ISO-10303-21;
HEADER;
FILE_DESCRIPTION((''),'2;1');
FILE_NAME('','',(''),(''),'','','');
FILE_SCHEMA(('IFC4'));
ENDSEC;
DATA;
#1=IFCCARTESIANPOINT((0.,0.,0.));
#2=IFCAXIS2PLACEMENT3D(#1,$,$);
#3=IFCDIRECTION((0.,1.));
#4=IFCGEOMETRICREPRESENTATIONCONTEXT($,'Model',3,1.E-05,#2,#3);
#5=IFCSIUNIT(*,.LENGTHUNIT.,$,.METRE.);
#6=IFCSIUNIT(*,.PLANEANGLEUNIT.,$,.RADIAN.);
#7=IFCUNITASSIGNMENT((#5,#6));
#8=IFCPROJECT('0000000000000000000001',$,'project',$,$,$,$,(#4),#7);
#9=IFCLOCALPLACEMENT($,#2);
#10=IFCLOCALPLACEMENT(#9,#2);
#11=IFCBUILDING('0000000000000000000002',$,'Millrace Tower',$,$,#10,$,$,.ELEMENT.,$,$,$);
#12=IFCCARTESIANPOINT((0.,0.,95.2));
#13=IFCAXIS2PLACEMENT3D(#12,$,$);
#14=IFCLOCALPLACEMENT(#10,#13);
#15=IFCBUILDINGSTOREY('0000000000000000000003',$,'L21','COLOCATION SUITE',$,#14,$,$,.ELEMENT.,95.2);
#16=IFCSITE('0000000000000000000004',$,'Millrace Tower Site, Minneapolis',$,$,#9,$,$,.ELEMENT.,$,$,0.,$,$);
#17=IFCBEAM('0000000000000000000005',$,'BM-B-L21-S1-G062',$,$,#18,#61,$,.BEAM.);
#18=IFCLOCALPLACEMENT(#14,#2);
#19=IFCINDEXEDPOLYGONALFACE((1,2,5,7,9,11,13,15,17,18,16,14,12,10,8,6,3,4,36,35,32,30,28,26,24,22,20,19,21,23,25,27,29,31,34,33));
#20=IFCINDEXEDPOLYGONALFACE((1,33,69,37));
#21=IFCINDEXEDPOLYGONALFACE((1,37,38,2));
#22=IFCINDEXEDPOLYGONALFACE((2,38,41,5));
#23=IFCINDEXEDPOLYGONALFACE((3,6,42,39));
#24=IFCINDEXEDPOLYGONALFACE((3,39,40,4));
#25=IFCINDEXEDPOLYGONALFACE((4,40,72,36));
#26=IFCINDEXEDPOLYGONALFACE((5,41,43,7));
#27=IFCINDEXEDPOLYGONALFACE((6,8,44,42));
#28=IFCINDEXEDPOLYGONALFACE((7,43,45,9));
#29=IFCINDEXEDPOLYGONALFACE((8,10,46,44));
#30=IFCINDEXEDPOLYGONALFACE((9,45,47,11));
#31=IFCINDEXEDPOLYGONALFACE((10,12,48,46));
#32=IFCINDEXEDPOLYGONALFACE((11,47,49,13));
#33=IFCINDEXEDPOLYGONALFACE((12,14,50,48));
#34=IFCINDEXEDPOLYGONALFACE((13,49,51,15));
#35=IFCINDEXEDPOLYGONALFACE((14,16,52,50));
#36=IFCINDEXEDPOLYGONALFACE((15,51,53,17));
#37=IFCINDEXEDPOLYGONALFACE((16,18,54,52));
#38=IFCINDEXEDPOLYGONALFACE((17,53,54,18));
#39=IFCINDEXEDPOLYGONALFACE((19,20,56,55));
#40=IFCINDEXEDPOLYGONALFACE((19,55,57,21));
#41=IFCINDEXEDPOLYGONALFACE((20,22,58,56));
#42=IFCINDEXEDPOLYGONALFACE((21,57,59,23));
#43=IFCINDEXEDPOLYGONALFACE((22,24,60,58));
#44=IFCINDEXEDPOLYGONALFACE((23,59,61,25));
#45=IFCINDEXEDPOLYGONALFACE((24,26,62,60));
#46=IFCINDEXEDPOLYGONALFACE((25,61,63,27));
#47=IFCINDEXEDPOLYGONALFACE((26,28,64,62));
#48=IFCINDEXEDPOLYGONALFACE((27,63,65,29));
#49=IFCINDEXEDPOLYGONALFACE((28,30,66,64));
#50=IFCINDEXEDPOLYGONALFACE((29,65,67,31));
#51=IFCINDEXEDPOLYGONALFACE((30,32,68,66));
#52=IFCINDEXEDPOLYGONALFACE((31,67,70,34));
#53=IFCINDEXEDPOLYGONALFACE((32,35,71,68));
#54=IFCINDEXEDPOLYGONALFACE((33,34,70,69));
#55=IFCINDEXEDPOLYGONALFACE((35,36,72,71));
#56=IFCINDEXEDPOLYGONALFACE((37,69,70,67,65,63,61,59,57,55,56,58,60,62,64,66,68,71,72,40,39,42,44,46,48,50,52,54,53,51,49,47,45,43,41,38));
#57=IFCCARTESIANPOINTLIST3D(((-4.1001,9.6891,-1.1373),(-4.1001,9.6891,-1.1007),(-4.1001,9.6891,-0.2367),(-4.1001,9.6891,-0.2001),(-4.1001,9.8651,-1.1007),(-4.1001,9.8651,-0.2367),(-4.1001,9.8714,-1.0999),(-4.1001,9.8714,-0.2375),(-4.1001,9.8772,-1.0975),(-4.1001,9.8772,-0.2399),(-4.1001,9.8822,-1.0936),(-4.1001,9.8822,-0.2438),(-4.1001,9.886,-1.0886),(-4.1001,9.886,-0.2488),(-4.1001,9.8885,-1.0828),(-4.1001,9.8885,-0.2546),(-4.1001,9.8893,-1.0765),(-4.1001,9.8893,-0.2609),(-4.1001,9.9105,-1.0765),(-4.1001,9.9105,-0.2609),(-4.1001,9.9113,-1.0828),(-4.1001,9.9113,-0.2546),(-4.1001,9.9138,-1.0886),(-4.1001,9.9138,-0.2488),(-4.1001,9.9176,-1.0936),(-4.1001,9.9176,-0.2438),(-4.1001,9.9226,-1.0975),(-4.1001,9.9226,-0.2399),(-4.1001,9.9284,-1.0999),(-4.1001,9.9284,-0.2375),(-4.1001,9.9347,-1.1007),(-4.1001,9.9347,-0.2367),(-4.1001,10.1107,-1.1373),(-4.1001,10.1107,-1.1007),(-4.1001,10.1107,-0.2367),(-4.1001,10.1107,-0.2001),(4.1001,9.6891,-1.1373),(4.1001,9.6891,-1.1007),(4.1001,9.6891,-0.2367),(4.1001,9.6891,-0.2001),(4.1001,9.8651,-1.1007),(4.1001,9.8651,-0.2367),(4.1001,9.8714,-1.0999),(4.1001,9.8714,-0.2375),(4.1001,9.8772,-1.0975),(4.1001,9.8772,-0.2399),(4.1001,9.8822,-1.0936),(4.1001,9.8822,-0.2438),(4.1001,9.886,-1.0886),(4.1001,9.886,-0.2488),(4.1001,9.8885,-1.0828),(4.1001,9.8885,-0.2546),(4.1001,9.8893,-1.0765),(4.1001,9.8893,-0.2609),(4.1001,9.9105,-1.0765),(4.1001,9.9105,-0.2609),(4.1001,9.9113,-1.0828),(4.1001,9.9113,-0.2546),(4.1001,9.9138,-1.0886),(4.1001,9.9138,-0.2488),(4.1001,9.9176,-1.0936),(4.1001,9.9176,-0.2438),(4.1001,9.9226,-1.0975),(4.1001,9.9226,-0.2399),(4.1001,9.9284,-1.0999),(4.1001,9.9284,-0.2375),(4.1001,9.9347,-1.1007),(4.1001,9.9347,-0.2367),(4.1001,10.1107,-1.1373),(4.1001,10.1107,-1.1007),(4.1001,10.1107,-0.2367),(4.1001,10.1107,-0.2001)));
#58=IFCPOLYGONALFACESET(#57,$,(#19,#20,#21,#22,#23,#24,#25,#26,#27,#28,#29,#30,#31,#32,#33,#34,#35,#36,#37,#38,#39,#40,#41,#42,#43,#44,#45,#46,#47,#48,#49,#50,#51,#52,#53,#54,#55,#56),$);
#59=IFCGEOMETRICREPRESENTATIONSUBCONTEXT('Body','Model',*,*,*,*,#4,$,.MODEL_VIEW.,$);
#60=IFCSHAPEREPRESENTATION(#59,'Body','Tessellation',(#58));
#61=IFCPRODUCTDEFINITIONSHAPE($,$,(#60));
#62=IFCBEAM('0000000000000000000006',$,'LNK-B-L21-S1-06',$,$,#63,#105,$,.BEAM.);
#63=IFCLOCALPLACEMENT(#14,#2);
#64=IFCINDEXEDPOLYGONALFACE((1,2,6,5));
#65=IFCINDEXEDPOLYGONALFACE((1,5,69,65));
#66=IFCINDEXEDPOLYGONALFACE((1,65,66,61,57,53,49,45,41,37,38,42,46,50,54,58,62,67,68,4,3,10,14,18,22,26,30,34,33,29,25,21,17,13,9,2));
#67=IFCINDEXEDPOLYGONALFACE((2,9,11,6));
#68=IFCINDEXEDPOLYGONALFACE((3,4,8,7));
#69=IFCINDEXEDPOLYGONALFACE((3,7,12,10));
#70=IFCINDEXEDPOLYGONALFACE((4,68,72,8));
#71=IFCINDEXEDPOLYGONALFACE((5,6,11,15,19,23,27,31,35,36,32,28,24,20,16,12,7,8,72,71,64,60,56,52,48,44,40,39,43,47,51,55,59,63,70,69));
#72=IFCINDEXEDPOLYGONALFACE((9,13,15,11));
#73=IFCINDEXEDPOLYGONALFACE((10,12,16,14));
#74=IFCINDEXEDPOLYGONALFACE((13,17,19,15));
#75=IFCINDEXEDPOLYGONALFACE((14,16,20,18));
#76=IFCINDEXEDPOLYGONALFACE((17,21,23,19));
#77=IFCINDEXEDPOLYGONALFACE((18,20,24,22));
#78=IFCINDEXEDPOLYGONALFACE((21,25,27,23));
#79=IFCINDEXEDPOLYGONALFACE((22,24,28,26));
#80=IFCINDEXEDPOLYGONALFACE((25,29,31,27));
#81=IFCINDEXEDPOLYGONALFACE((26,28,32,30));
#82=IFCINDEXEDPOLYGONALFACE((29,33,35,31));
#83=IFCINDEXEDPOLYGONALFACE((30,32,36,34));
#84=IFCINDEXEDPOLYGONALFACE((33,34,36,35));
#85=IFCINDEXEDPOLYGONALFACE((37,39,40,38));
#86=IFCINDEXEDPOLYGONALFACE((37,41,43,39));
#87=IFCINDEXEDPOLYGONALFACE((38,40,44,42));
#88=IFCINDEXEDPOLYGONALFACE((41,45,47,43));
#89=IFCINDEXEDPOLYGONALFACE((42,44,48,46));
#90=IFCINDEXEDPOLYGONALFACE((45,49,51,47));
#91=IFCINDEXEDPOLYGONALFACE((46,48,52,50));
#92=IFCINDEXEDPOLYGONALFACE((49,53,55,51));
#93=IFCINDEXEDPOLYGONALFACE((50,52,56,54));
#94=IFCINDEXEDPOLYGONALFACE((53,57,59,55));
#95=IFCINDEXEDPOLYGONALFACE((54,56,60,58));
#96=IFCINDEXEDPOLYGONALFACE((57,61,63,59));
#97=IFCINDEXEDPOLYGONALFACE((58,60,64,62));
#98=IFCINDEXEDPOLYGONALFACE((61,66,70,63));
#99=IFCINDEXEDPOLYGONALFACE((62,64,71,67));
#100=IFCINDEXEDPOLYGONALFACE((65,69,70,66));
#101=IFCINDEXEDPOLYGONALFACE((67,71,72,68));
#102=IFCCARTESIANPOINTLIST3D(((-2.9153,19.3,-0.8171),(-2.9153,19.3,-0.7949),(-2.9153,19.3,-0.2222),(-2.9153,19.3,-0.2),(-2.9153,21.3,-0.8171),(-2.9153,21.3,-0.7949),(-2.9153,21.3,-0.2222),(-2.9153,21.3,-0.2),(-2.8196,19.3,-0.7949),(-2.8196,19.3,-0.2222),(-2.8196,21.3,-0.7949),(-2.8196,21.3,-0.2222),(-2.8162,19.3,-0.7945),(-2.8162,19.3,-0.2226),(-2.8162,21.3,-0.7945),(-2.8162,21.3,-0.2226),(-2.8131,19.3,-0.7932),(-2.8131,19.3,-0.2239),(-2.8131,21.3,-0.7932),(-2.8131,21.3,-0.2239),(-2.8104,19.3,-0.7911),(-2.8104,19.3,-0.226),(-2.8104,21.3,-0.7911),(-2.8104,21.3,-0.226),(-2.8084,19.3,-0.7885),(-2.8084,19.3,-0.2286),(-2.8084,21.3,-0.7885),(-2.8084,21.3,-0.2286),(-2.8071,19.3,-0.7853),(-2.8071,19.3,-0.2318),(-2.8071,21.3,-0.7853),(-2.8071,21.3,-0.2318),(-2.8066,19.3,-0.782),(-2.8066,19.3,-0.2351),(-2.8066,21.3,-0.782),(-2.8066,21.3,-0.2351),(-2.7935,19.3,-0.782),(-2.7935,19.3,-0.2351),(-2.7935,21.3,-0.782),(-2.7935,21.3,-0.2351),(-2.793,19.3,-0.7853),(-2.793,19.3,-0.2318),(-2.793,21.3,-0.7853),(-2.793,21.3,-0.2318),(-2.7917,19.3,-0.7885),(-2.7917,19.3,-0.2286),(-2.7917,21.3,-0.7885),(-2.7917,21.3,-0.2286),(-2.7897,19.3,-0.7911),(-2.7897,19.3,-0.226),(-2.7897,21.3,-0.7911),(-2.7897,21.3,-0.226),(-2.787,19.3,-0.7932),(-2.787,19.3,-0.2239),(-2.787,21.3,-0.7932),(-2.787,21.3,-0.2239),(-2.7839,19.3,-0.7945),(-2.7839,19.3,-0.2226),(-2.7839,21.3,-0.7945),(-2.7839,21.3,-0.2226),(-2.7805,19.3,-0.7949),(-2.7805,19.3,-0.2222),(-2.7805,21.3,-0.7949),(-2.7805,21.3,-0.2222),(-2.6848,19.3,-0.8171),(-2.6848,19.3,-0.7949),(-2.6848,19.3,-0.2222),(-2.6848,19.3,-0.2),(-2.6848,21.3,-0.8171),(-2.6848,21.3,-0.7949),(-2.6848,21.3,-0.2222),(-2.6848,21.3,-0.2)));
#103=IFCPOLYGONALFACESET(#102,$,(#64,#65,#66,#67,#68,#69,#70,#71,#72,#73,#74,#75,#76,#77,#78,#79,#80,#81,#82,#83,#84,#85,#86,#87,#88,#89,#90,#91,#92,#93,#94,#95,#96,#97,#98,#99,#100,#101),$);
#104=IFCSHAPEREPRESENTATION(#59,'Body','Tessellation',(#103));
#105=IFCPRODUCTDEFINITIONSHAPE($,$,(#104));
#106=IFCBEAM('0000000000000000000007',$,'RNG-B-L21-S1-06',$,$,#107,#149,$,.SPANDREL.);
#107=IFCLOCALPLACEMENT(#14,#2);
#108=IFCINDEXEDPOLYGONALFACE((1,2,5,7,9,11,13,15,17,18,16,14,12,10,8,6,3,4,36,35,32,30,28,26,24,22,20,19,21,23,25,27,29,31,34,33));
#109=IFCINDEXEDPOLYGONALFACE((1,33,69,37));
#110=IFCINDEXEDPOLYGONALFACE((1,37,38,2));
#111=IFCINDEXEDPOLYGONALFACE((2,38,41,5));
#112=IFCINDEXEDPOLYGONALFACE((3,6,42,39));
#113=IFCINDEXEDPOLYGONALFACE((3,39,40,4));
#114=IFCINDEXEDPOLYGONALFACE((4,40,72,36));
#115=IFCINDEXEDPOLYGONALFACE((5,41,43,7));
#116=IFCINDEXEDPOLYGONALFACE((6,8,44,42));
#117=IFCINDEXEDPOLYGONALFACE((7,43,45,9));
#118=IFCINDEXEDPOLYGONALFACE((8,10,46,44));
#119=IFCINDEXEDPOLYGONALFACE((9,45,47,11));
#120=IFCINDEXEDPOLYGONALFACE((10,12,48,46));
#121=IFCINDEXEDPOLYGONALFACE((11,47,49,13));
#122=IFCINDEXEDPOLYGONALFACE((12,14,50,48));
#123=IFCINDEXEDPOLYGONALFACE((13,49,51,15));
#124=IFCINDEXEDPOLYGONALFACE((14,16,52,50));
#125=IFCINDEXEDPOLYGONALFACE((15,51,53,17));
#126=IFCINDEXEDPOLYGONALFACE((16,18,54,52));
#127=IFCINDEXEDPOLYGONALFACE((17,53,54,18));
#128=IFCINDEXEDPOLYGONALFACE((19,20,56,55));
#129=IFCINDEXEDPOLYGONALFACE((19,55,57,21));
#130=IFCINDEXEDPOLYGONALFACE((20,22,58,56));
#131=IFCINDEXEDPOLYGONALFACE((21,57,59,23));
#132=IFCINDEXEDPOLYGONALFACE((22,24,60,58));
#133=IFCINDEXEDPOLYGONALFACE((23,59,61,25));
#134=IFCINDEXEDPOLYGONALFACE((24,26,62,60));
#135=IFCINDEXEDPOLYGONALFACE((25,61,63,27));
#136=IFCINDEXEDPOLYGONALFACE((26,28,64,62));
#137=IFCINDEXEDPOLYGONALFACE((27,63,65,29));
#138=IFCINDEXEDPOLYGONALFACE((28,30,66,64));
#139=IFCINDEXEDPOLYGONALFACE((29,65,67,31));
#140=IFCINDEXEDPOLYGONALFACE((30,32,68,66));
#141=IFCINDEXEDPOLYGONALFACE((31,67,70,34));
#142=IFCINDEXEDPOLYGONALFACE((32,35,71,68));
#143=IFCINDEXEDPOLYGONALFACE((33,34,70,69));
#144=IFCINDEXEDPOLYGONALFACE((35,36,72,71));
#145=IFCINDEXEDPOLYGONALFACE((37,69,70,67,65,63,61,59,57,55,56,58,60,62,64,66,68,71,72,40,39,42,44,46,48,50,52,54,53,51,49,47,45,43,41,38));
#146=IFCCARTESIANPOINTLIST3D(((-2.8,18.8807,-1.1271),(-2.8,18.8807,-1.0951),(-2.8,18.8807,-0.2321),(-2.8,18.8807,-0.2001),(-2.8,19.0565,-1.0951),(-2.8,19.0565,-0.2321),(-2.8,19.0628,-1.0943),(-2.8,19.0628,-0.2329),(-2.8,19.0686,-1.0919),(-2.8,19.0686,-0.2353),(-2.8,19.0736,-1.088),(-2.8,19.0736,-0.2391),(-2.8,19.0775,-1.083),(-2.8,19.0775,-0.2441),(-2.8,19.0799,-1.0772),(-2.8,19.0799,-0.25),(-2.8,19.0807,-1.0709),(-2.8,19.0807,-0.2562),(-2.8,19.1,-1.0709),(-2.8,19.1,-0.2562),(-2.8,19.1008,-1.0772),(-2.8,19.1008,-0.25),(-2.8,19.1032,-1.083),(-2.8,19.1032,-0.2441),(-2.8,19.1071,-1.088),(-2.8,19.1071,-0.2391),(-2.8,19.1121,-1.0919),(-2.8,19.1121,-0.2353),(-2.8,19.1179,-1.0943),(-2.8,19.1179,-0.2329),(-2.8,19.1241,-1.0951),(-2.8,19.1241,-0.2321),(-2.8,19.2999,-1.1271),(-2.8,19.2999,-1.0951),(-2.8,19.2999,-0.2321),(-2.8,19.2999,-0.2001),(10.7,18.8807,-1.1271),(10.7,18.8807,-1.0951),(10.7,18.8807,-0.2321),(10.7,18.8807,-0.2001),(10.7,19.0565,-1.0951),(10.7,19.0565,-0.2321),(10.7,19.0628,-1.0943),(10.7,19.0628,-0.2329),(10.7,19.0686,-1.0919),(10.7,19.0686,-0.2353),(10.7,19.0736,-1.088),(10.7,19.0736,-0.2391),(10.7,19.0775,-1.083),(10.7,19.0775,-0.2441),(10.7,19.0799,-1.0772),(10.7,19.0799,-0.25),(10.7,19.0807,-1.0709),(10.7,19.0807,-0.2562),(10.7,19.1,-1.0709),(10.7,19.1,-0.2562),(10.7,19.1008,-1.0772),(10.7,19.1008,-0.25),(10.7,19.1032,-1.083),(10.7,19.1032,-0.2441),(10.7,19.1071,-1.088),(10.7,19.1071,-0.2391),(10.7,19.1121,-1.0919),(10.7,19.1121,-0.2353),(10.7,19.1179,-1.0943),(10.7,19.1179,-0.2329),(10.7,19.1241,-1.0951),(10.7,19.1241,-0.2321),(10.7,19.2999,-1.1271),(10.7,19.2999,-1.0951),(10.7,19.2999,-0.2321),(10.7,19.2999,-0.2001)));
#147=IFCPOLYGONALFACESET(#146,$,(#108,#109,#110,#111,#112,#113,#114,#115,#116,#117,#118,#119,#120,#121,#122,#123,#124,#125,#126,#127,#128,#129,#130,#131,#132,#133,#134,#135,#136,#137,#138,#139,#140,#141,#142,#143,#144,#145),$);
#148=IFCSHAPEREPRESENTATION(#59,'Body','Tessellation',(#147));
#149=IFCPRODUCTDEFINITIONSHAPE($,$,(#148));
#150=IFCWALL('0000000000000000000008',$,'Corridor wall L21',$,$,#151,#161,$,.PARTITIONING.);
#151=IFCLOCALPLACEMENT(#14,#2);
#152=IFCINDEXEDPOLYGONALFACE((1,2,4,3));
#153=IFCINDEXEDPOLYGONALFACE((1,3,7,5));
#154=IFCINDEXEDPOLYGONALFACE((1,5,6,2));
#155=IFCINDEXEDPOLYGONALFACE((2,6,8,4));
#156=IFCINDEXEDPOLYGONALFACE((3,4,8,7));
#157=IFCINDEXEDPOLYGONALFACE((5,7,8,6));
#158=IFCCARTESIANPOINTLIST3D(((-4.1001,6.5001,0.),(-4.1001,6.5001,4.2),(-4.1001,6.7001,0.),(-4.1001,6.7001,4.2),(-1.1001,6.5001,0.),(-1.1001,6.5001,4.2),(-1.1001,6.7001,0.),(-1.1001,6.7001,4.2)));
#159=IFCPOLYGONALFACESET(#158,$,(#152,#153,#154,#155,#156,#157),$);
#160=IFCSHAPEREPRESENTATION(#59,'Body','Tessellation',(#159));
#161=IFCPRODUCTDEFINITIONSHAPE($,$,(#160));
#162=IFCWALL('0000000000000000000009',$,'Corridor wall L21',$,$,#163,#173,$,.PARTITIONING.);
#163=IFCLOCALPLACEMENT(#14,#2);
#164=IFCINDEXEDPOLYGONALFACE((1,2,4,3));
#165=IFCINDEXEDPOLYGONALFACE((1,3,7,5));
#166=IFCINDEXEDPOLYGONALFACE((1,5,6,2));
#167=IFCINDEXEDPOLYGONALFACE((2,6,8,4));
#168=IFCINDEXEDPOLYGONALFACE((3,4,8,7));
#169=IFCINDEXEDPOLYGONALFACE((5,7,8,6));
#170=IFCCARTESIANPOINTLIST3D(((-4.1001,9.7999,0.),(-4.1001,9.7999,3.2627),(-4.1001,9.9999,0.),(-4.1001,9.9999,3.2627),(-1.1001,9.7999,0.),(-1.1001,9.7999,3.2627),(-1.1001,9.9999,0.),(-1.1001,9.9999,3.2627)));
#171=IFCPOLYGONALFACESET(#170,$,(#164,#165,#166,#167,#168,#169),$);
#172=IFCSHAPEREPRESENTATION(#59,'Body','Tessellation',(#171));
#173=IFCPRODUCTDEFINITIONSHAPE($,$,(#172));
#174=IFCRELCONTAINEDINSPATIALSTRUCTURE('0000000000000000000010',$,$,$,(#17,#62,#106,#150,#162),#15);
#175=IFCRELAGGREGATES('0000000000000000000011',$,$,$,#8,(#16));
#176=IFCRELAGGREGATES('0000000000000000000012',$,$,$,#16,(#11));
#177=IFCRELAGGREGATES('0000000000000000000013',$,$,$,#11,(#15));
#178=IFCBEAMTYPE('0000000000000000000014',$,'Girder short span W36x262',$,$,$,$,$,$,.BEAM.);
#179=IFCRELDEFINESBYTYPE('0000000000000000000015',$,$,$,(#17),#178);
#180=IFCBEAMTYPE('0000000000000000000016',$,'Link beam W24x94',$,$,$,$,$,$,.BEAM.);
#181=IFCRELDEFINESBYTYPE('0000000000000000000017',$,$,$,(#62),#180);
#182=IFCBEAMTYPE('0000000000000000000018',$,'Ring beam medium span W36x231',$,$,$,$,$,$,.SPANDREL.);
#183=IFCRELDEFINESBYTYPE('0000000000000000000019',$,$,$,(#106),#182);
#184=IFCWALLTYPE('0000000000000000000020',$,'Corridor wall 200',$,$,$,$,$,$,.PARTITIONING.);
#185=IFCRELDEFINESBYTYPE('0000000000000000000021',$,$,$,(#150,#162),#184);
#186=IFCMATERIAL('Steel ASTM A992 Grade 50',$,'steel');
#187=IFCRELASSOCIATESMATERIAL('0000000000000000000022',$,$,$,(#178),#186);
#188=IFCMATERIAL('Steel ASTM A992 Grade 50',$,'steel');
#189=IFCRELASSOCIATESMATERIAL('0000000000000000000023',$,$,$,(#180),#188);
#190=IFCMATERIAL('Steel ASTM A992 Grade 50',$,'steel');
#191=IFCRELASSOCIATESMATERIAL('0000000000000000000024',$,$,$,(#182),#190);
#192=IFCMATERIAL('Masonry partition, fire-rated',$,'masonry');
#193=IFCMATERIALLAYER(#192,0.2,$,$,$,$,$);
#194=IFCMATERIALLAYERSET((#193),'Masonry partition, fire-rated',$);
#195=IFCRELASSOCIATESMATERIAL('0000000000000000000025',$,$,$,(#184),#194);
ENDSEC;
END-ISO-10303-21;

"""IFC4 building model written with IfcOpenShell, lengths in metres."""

from ifc_helpers import new_model, si_unit, direction, frame, frame_2d, origin, origin_2d, place, context, subcontext, project, spatial, rectangle, i_section, extrude, material, layer, layer_set, material_profile, profile_set, type_object, element, save


model = new_model("IFC4")

# Units and contexts
model_context = context("Model", 3, precision=1e-05, world=origin(), true_north=direction((0.0, 1.0)))
body_context = subcontext(model_context, "Body", "Model", "MODEL_VIEW")
ifc_project = project(units=[si_unit("LENGTHUNIT", "METRE"), si_unit("PLANEANGLEUNIT", "RADIAN")], contexts=[model_context])

# Site, building, storey
site_placement = place(None, origin())
site = spatial("IfcSite", under=ifc_project, at=site_placement, Name="Millrace Tower Site, Minneapolis", CompositionType="ELEMENT", RefElevation=0.0)
building_placement = place(site_placement, origin())
building = spatial("IfcBuilding", under=site, at=building_placement, Name="Millrace Tower", CompositionType="ELEMENT")
storey_placement = place(building_placement, frame((0.0, 0.0, 95.2)))
storey = spatial("IfcBuildingStorey", under=building, at=storey_placement, Name="L21", Description="COLOCATION SUITE", CompositionType="ELEMENT", Elevation=95.2)

# Beams
ifc_material_1 = material(Name="Steel ASTM A992 Grade 50", Category="steel")
ifc_material_profile_1 = material_profile(ifc_material_1, i_section(OverallWidth=0.4216, OverallDepth=0.9373, WebThickness=0.0212, FlangeThickness=0.0366, FilletRadius=0.0242, at=origin_2d()))
ifc_profile_set_1 = profile_set([ifc_material_profile_1], Name="Steel ASTM A992 Grade 50")
beam_type_1 = type_object("IfcBeamType", Name="Girder short span W36x262", PredefinedType="BEAM", material=ifc_profile_set_1)
beam_1_placement = place(storey_placement, frame((-4.1001, 9.8999, -0.6687), z_axis=(1.0, 0.0, 0.0), x_axis=(0.0, 1.0, 0.0)))
element("IfcBeam", 1, at=beam_1_placement, inside=storey, type_object=beam_type_1, Name="BM-B-L21-S1-G062", PredefinedType="BEAM", context=body_context, shape_type="SweptSolid", body=[
    extrude(i_section(OverallWidth=0.4216, OverallDepth=0.9373, WebThickness=0.0212, FlangeThickness=0.0366, FilletRadius=0.0242, at=origin_2d()), origin(), (0.0, 0.0, 1.0), 8.2002),
])
ifc_material_2 = material(Name="Steel ASTM A992 Grade 50", Category="steel")
ifc_material_profile_2 = material_profile(ifc_material_2, i_section(OverallWidth=0.2305, OverallDepth=0.6172, WebThickness=0.0132, FlangeThickness=0.0222, FilletRadius=0.0129, at=origin_2d()))
ifc_profile_set_2 = profile_set([ifc_material_profile_2], Name="Steel ASTM A992 Grade 50")
beam_type_2 = type_object("IfcBeamType", Name="Link beam W24x94", PredefinedType="BEAM", material=ifc_profile_set_2)
beam_2_placement = place(storey_placement, frame((-2.8, 19.3, -0.5085), z_axis=(0.0, 1.0, 0.0), x_axis=(-1.0, 0.0, 0.0)))
element("IfcBeam", 2, at=beam_2_placement, inside=storey, type_object=beam_type_2, Name="LNK-B-L21-S1-06", PredefinedType="BEAM", context=body_context, shape_type="SweptSolid", body=[
    extrude(i_section(OverallWidth=0.2305, OverallDepth=0.6172, WebThickness=0.0132, FlangeThickness=0.0222, FilletRadius=0.0129, at=origin_2d()), origin(), (0.0, 0.0, 1.0), 2.0),
])
ifc_material_3 = material(Name="Steel ASTM A992 Grade 50", Category="steel")
ifc_material_profile_3 = material_profile(ifc_material_3, i_section(OverallWidth=0.4192, OverallDepth=0.927, WebThickness=0.0193, FlangeThickness=0.032, FilletRadius=0.0242, at=origin_2d()))
ifc_profile_set_3 = profile_set([ifc_material_profile_3], Name="Steel ASTM A992 Grade 50")
beam_type_3 = type_object("IfcBeamType", Name="Ring beam medium span W36x231", PredefinedType="SPANDREL", material=ifc_profile_set_3)
beam_3_placement = place(storey_placement, frame((-2.8, 19.0903, -0.6636), z_axis=(1.0, 0.0, 0.0), x_axis=(0.0, 1.0, 0.0)))
element("IfcBeam", 3, at=beam_3_placement, inside=storey, type_object=beam_type_3, Name="RNG-B-L21-S1-06", PredefinedType="SPANDREL", context=body_context, shape_type="SweptSolid", body=[
    extrude(i_section(OverallWidth=0.4192, OverallDepth=0.927, WebThickness=0.0193, FlangeThickness=0.032, FilletRadius=0.0242, at=origin_2d()), origin(), (0.0, 0.0, 1.0), 13.5),
])

# Walls
ifc_material_4 = material(Name="Masonry partition, fire-rated", Category="masonry")
ifc_layer_1 = layer(ifc_material_4, 0.2)
ifc_layer_set_1 = layer_set([ifc_layer_1], Name="Masonry partition, fire-rated")
wall_type_1 = type_object("IfcWallType", Name="Corridor wall 200", PredefinedType="PARTITIONING", material=ifc_layer_set_1)
wall_1_placement = place(storey_placement, frame((-4.1001, 6.6001, 0.0), z_axis=(0.0, 0.0, 1.0), x_axis=(1.0, 0.0, 0.0)))
element("IfcWall", 4, at=wall_1_placement, inside=storey, type_object=wall_type_1, Name="Corridor wall L21", PredefinedType="PARTITIONING", context=body_context, shape_type="SweptSolid", body=[
    extrude(rectangle(XDim=3.0, YDim=0.2, at=frame_2d((1.5, 0.0))), origin(), (0.0, 0.0, 1.0), 4.2),
])
wall_2_placement = place(storey_placement, frame((-4.1001, 9.8999, 0.0), z_axis=(0.0, 0.0, 1.0), x_axis=(1.0, 0.0, 0.0)))
element("IfcWall", 5, at=wall_2_placement, inside=storey, type_object=wall_type_1, Name="Corridor wall L21", PredefinedType="PARTITIONING", context=body_context, shape_type="SweptSolid", body=[
    extrude(rectangle(XDim=3.0, YDim=0.2, at=frame_2d((1.5, 0.0))), origin(), (0.0, 0.0, 1.0), 3.2627),
])

save(model, "model.ifc")
